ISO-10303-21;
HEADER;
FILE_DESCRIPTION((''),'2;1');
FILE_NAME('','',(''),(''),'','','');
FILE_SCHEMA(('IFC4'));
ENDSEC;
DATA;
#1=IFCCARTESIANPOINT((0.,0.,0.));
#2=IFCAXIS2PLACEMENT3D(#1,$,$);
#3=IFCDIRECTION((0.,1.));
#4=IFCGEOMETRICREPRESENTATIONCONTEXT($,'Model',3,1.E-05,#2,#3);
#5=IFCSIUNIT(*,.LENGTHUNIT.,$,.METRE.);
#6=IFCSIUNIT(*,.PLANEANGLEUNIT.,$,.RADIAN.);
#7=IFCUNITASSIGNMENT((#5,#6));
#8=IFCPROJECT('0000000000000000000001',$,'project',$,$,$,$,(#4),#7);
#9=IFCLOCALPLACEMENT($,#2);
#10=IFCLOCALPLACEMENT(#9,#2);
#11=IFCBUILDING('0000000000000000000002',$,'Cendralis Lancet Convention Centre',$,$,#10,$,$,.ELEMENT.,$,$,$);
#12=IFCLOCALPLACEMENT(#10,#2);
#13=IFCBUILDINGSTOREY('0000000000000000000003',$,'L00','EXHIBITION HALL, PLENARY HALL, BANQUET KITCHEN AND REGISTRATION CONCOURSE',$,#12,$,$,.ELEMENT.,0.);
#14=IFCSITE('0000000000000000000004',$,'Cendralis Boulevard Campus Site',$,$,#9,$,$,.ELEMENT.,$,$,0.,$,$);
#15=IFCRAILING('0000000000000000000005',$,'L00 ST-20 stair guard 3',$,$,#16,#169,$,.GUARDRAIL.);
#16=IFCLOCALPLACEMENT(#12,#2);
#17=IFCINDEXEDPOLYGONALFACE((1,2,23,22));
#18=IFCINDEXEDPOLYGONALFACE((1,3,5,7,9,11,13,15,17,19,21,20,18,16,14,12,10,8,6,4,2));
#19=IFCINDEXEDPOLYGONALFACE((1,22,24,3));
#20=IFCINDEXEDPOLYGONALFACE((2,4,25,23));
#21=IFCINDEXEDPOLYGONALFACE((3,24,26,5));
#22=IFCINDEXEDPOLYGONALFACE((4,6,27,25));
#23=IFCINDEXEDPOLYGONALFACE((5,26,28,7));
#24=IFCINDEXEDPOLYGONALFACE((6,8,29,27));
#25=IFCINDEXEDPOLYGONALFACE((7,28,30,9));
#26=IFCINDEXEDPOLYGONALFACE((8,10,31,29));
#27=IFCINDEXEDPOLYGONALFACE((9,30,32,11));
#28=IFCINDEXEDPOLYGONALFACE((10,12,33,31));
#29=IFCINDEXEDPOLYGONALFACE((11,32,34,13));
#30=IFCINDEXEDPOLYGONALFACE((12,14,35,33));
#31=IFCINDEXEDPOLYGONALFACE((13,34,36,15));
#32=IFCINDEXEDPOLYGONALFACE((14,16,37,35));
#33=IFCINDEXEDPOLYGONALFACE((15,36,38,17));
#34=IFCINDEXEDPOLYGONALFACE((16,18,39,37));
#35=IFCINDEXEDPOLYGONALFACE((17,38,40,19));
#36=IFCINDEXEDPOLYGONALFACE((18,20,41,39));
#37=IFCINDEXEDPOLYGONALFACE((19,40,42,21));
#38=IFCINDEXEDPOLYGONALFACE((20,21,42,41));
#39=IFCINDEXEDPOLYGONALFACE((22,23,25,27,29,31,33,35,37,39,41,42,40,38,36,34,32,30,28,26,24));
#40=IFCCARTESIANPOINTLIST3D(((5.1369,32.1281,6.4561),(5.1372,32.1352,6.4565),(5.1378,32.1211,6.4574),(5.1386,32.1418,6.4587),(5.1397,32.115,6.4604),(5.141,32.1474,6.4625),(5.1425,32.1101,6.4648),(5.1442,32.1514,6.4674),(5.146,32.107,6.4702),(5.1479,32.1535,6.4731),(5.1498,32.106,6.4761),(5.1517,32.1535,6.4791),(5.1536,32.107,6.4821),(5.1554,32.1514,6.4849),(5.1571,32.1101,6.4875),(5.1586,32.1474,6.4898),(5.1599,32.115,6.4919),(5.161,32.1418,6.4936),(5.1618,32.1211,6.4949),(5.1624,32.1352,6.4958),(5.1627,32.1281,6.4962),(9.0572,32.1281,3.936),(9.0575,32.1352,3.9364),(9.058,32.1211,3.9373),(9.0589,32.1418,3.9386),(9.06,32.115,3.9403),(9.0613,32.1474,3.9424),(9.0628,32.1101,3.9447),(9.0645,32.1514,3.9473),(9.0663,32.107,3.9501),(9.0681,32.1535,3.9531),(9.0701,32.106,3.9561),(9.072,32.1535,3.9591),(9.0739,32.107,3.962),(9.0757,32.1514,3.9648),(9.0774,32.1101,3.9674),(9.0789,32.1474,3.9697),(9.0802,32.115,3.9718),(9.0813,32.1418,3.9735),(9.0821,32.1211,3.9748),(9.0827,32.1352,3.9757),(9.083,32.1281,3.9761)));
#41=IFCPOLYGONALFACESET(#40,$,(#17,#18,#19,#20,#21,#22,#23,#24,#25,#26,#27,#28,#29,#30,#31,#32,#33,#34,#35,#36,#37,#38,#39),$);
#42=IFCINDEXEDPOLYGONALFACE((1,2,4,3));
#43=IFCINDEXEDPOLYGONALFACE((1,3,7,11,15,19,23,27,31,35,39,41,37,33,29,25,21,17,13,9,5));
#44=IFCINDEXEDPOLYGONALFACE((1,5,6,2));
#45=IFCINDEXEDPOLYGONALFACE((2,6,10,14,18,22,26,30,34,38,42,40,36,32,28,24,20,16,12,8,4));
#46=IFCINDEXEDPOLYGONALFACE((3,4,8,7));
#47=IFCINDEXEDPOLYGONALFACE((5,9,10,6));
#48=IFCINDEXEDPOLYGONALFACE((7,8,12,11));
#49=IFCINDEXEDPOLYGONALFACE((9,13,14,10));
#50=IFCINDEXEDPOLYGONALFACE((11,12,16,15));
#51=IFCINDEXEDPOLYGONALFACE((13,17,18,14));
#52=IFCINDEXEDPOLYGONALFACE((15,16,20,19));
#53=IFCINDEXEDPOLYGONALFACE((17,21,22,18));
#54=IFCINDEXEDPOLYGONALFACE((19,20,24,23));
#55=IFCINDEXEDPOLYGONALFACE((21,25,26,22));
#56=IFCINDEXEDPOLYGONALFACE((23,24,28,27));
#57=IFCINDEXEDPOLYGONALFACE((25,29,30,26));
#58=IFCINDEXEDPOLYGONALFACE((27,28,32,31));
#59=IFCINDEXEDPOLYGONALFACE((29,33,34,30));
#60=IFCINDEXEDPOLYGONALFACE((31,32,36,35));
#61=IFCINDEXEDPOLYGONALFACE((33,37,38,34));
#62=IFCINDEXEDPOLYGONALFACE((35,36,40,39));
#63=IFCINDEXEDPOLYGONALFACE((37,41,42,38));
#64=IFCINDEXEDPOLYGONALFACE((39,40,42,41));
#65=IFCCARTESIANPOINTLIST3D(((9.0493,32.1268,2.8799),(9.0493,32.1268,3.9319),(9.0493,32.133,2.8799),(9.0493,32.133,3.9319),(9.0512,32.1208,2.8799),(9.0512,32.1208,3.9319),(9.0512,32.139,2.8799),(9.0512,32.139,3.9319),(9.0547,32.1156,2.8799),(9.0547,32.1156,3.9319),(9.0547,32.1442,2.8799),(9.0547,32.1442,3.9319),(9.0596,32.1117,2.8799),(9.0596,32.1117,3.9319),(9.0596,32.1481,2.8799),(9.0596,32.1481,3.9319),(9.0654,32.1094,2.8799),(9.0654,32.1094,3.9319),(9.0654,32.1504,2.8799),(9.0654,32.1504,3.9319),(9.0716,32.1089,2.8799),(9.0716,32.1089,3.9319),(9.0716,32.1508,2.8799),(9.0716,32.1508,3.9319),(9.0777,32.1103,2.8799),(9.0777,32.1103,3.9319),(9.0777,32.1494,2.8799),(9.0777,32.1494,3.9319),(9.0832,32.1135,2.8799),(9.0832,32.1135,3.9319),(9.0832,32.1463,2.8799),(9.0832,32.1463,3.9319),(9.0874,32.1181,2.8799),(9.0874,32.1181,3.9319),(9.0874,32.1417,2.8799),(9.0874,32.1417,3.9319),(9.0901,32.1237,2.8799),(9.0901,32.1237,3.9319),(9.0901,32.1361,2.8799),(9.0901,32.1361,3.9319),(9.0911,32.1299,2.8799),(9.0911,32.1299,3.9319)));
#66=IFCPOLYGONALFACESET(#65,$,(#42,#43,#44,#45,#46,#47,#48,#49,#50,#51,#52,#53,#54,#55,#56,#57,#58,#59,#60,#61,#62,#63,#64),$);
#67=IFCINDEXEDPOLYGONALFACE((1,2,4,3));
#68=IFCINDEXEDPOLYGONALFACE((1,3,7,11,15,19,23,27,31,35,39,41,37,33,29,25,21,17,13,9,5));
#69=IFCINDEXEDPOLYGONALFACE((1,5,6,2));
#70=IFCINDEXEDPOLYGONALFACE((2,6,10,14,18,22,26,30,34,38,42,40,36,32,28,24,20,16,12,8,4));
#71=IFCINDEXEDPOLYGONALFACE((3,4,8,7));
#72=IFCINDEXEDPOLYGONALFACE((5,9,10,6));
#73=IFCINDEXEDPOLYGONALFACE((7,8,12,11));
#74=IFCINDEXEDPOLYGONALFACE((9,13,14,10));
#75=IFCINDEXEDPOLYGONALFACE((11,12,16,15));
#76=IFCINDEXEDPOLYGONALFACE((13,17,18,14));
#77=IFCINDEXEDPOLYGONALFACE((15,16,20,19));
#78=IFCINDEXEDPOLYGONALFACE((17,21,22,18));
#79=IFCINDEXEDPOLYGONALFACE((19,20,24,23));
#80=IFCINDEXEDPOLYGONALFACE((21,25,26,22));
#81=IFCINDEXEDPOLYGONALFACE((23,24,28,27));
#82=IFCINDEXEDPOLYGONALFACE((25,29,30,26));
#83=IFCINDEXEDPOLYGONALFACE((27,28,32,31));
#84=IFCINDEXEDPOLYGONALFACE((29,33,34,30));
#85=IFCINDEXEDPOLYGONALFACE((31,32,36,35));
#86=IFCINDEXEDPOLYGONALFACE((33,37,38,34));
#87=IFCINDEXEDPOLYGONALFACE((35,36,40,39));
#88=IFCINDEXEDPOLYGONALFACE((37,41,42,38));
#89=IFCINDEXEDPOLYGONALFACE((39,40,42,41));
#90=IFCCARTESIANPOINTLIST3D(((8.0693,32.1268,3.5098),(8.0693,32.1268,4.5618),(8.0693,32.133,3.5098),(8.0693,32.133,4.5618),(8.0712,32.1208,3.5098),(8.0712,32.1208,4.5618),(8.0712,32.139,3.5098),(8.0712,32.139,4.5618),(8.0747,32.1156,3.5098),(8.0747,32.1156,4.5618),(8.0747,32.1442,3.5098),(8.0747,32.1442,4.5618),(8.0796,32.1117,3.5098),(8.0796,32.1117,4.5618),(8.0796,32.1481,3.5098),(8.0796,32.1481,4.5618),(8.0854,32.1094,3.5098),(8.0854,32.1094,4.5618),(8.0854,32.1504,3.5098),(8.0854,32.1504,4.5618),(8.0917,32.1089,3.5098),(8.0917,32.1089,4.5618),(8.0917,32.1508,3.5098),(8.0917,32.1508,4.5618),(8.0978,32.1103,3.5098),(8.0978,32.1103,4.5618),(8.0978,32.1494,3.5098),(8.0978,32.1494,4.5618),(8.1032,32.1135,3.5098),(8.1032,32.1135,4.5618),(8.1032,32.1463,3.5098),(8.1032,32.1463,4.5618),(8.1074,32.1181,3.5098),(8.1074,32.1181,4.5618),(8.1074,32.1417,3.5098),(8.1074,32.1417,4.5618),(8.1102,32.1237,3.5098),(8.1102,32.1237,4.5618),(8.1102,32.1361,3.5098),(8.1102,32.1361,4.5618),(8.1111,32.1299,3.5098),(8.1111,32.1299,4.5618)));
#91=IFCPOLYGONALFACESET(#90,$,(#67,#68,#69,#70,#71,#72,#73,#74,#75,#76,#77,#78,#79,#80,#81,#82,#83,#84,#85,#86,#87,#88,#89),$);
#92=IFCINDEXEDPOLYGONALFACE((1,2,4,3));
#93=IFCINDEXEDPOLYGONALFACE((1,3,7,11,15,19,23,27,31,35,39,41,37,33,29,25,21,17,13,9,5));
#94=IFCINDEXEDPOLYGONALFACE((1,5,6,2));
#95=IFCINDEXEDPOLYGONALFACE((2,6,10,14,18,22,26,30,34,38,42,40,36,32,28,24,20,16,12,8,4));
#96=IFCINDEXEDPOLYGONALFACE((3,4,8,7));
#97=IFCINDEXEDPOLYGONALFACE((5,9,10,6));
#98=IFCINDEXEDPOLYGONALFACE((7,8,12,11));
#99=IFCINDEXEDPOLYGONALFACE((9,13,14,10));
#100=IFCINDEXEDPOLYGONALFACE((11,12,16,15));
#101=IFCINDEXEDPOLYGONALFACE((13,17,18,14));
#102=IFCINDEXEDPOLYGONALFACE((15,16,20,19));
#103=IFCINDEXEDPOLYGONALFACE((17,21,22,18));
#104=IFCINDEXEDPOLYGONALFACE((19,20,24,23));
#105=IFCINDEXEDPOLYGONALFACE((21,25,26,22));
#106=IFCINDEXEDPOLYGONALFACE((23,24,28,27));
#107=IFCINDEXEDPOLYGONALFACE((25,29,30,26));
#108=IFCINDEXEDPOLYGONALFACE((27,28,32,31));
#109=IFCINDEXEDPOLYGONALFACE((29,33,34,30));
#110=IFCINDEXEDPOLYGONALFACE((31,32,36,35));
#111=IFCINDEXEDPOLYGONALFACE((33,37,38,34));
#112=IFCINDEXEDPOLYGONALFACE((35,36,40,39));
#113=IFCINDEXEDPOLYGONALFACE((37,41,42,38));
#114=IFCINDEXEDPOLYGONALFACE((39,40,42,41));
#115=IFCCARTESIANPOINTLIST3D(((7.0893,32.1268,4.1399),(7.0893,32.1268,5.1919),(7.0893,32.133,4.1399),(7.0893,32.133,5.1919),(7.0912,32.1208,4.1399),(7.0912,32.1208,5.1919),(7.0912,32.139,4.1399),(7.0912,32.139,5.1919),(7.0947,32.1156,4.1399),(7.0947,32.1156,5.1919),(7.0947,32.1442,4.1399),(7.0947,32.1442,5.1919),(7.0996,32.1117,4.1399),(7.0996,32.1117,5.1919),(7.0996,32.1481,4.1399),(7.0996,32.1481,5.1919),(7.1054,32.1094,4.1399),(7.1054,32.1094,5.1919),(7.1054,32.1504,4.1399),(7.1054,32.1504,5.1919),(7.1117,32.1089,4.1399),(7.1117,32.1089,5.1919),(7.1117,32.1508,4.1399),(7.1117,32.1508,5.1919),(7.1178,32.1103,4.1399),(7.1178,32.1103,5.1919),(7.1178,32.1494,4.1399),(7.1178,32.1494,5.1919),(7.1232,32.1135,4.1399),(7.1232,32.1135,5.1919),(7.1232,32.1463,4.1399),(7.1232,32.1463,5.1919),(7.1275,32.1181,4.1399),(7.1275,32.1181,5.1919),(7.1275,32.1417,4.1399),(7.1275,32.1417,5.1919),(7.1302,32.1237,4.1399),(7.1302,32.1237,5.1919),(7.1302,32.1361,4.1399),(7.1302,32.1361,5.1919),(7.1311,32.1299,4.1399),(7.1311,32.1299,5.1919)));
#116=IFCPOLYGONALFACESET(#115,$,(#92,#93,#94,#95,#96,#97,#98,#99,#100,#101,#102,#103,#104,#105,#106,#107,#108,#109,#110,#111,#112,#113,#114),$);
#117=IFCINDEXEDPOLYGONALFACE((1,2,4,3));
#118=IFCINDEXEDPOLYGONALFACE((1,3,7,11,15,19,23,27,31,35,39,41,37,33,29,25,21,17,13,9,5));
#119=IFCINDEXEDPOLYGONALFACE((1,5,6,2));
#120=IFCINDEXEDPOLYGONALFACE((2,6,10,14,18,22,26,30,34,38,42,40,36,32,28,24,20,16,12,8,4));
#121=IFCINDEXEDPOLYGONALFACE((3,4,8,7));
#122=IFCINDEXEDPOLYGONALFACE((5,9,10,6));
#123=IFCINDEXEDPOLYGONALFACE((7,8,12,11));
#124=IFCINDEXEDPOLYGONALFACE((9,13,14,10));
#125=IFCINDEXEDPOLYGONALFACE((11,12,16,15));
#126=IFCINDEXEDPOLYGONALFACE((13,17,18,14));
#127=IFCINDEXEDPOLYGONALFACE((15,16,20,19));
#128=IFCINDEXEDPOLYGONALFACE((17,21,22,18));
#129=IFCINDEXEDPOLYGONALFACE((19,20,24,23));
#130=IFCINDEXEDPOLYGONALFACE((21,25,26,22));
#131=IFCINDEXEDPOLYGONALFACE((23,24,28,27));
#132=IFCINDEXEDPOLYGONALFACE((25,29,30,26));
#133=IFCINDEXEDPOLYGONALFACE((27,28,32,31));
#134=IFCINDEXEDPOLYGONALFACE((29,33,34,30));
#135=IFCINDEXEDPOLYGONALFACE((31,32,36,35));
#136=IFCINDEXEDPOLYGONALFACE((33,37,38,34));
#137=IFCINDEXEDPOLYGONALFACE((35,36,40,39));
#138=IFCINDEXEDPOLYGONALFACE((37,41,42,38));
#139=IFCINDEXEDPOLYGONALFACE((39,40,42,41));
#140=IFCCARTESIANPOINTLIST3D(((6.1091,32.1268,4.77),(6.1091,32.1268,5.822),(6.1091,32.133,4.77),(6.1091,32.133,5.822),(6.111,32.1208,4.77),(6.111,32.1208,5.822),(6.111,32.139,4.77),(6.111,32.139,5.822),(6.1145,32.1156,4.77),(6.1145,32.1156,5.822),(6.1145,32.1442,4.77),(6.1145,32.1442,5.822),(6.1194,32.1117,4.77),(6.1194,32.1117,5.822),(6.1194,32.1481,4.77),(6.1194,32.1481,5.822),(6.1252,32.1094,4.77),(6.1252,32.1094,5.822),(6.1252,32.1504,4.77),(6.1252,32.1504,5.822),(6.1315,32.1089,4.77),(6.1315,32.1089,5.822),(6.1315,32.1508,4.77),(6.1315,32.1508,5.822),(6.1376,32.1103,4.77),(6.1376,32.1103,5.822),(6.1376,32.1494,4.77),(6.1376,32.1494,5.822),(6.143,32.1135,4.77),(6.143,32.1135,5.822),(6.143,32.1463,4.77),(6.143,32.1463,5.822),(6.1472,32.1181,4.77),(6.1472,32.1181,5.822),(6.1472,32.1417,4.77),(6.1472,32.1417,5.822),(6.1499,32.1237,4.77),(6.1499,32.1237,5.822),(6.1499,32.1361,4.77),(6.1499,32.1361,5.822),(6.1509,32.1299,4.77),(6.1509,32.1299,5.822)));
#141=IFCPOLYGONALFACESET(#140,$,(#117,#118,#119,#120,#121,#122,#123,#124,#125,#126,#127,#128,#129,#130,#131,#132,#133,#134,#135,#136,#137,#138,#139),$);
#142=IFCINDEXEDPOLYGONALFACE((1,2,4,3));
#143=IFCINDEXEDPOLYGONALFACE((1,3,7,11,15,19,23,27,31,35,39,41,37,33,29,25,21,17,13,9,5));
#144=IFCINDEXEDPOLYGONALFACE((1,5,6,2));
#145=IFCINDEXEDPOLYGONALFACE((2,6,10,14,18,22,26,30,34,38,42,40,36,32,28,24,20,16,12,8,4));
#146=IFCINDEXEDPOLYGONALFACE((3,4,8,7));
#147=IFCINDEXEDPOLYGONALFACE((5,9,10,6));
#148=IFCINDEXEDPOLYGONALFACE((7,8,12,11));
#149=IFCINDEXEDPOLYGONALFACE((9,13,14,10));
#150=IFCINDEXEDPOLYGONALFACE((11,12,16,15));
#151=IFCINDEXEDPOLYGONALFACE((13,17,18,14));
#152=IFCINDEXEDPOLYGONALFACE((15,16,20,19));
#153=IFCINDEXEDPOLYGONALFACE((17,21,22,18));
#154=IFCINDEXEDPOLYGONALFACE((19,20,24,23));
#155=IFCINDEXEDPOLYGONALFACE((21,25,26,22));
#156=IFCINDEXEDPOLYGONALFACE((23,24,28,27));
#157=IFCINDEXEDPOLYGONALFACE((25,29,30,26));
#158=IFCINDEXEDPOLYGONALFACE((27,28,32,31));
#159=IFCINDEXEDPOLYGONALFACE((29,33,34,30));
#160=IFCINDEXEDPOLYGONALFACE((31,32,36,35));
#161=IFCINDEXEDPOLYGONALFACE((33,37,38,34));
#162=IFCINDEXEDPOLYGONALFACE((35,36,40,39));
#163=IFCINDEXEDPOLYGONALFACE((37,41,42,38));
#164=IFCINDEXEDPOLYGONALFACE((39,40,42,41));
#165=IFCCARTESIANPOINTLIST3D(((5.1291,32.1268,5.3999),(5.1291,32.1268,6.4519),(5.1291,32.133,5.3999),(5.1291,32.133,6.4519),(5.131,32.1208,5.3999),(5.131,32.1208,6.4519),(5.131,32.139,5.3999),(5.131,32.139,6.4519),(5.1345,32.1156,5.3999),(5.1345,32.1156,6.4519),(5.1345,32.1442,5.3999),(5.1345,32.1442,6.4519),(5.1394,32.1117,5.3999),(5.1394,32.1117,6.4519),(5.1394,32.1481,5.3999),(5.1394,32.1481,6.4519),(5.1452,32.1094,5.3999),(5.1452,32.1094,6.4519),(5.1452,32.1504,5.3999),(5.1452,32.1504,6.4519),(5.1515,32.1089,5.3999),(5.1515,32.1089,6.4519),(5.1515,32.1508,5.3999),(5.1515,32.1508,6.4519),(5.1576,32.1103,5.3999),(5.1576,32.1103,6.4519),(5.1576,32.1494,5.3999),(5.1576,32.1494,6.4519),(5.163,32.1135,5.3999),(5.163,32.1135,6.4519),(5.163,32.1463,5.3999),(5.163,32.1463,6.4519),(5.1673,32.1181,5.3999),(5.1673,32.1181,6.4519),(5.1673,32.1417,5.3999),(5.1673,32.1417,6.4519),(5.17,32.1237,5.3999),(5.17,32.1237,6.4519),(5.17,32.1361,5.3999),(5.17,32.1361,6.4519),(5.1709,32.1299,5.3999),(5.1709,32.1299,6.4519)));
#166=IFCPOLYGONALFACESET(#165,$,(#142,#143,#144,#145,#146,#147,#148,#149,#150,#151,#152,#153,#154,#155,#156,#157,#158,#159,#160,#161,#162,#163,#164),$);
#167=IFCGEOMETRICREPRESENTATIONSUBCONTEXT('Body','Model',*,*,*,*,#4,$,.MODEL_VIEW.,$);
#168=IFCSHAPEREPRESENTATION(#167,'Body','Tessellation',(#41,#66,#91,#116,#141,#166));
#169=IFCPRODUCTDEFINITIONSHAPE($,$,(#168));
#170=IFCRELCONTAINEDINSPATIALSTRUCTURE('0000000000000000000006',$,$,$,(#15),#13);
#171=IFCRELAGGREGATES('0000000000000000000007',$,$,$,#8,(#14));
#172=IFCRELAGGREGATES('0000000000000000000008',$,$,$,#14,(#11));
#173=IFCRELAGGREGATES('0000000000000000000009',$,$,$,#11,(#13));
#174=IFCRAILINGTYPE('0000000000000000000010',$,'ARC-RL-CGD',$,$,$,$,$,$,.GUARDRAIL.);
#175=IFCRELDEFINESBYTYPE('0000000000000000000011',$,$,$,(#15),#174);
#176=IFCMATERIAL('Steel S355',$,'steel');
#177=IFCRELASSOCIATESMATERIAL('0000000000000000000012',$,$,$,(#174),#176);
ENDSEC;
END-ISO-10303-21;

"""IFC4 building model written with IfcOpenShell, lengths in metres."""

from ifc_helpers import new_model, si_unit, direction, frame, origin, origin_2d, place, context, subcontext, project, spatial, circle, extrude, material, type_object, element, save


model = new_model("IFC4")

# Units and contexts
model_context = context("Model", 3, precision=1e-05, world=origin(), true_north=direction((0.0, 1.0)))
body_context = subcontext(model_context, "Body", "Model", "MODEL_VIEW")
ifc_project = project(units=[si_unit("LENGTHUNIT", "METRE"), si_unit("PLANEANGLEUNIT", "RADIAN")], contexts=[model_context])

# Site, building, storey
site_placement = place(None, origin())
site = spatial("IfcSite", under=ifc_project, at=site_placement, Name="Cendralis Boulevard Campus Site", CompositionType="ELEMENT", RefElevation=0.0)
building_placement = place(site_placement, origin())
building = spatial("IfcBuilding", under=site, at=building_placement, Name="Cendralis Lancet Convention Centre", CompositionType="ELEMENT")
storey_placement = place(building_placement, origin())
storey = spatial("IfcBuildingStorey", under=building, at=storey_placement, Name="L00", Description="EXHIBITION HALL, PLENARY HALL, BANQUET KITCHEN AND REGISTRATION CONCOURSE", CompositionType="ELEMENT", Elevation=0.0)

# Shared definitions
ifc_material_1 = material(Name="Steel S355", Category="steel")

# Railing
railing_type_1 = type_object("IfcRailingType", Name="ARC-RL-CGD", PredefinedType="GUARDRAIL", material=ifc_material_1)
railing_1_placement = place(storey_placement, frame((9.0701, 32.1299, 2.8799)))
element("IfcRailing", 1, at=railing_1_placement, inside=storey, type_object=railing_type_1, Name="L00 ST-20 stair guard 3", PredefinedType="GUARDRAIL", context=body_context, shape_type="SweptSolid", body=[
    extrude(circle(Radius=0.0239, at=origin_2d()), frame((0.0, 0.0, 1.0762), z_axis=(-0.841187, 0.0, 0.540744), x_axis=(0.0, -1.0, 0.0)), (0.0, 0.0, 1.0), 4.6604),
    extrude(circle(Radius=0.021, at=origin_2d()), origin(), (0.0, 0.0, 1.0), 1.052),
    extrude(circle(Radius=0.021, at=origin_2d()), frame((-0.98, 0.0, 0.6299)), (0.0, 0.0, 1.0), 1.052),
    extrude(circle(Radius=0.021, at=origin_2d()), frame((-1.96, 0.0, 1.26)), (0.0, 0.0, 1.0), 1.052),
    extrude(circle(Radius=0.021, at=origin_2d()), frame((-2.9402, 0.0, 1.8901)), (0.0, 0.0, 1.0), 1.052),
    extrude(circle(Radius=0.021, at=origin_2d()), frame((-3.9202, 0.0, 2.52)), (0.0, 0.0, 1.0), 1.052),
])

save(model, "model.ifc")
